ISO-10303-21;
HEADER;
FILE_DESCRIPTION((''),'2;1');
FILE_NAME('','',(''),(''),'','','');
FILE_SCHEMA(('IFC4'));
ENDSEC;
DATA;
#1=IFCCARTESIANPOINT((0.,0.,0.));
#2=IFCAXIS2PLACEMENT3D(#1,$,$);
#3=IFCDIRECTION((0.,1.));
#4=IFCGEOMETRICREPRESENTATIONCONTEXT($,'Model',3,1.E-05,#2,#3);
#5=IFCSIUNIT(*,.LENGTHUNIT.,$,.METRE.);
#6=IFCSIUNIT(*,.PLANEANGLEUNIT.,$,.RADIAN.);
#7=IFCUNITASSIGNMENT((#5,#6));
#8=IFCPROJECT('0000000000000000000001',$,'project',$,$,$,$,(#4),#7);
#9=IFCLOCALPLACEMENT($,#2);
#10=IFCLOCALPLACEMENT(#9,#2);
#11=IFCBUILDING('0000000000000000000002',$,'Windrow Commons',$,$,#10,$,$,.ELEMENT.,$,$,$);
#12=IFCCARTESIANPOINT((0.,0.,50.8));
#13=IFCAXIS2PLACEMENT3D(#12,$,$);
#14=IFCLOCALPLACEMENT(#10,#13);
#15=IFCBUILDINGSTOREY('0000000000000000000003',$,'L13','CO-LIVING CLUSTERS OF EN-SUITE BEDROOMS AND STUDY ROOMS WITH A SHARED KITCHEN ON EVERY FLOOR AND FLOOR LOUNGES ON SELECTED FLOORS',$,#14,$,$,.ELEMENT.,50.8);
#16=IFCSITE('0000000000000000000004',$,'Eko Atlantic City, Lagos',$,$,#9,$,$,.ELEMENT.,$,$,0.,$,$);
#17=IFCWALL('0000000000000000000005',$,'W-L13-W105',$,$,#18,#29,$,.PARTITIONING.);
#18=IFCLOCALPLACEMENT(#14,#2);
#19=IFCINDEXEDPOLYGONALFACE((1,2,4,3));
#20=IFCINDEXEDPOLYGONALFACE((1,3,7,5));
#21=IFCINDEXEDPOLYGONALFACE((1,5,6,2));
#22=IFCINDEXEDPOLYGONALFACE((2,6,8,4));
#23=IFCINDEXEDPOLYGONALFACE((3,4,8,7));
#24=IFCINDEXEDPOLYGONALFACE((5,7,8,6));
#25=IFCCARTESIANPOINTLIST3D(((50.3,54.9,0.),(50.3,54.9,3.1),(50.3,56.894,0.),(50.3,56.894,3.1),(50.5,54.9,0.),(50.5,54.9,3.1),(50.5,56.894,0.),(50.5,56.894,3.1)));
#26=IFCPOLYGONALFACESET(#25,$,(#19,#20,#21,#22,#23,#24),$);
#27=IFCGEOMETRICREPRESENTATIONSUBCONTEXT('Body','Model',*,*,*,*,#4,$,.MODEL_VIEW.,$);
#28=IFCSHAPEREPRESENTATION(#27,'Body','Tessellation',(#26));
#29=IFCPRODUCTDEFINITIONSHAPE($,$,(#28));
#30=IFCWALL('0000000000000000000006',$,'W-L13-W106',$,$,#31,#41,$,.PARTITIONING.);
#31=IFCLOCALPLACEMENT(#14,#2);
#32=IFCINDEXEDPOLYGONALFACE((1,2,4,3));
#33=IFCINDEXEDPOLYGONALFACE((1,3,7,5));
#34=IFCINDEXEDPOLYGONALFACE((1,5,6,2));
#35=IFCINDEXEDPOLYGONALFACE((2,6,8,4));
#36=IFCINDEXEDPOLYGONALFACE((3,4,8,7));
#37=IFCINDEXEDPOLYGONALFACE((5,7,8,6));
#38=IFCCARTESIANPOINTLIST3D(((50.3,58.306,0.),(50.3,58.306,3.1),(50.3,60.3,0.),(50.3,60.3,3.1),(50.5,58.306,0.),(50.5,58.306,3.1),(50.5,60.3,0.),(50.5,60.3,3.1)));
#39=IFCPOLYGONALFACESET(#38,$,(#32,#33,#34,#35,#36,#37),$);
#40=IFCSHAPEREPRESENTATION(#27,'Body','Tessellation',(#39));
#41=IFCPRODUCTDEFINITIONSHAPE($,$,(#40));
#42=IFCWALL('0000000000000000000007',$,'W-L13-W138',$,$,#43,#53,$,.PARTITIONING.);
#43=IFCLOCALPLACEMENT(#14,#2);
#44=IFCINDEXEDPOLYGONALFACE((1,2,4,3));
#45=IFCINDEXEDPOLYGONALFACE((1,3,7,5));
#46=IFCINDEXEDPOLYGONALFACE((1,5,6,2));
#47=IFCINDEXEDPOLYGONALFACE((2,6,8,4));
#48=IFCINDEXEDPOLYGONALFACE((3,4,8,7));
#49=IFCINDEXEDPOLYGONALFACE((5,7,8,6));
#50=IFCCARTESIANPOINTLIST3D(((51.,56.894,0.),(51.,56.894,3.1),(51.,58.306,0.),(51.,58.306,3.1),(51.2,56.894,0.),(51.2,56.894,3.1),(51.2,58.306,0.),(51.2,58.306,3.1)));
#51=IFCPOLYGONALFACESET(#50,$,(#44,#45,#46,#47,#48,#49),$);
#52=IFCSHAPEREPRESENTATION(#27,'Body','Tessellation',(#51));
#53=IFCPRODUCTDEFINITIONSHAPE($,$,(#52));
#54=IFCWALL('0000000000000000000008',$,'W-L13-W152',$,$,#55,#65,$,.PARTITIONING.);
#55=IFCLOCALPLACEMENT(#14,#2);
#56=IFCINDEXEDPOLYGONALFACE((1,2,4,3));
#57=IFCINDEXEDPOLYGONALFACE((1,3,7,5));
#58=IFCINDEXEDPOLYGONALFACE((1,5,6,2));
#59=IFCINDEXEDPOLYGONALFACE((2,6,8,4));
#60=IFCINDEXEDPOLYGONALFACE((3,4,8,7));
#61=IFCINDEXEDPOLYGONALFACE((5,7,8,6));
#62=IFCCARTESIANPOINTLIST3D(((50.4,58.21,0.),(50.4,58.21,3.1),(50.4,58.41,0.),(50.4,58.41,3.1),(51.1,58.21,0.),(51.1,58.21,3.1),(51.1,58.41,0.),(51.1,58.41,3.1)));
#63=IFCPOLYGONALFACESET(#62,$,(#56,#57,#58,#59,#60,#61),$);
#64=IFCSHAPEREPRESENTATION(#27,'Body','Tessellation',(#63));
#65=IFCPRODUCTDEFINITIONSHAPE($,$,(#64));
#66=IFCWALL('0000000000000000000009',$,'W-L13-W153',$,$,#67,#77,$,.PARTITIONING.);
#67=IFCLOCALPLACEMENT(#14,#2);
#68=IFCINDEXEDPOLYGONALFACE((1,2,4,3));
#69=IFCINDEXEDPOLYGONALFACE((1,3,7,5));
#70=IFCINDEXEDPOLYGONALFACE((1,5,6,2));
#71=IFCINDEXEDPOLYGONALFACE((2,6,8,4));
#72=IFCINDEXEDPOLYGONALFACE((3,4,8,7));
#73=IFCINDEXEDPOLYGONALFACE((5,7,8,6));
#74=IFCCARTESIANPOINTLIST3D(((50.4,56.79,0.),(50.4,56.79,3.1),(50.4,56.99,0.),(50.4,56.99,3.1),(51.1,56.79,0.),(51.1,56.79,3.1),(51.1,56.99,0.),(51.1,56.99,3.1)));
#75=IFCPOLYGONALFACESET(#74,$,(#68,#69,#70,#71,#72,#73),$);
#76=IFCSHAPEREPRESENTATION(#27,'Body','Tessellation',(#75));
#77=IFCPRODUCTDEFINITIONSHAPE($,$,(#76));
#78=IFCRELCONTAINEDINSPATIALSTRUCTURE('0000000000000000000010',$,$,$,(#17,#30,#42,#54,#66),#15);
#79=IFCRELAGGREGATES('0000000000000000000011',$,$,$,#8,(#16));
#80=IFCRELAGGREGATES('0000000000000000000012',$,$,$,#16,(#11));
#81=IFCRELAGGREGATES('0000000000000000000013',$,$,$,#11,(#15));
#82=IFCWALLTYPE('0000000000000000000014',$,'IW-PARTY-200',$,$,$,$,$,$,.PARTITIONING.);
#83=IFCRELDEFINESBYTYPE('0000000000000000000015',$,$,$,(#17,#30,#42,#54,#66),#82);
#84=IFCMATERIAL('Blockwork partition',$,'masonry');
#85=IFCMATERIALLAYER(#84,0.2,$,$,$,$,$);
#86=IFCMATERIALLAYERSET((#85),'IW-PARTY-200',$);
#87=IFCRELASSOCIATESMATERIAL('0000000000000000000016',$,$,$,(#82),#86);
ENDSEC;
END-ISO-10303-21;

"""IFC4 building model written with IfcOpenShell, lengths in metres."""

from ifc_helpers import new_model, si_unit, direction, frame, frame_2d, origin, place, context, subcontext, project, spatial, rectangle, extrude, material, layer, layer_set, type_object, element, save


model = new_model("IFC4")

# Units and contexts
model_context = context("Model", 3, precision=1e-05, world=origin(), true_north=direction((0.0, 1.0)))
body_context = subcontext(model_context, "Body", "Model", "MODEL_VIEW")
ifc_project = project(units=[si_unit("LENGTHUNIT", "METRE"), si_unit("PLANEANGLEUNIT", "RADIAN")], contexts=[model_context])

# Site, building, storey
site_placement = place(None, origin())
site = spatial("IfcSite", under=ifc_project, at=site_placement, Name="Eko Atlantic City, Lagos", CompositionType="ELEMENT", RefElevation=0.0)
building_placement = place(site_placement, origin())
building = spatial("IfcBuilding", under=site, at=building_placement, Name="Windrow Commons", CompositionType="ELEMENT")
storey_placement = place(building_placement, frame((0.0, 0.0, 50.8)))
storey = spatial("IfcBuildingStorey", under=building, at=storey_placement, Name="L13", Description="CO-LIVING CLUSTERS OF EN-SUITE BEDROOMS AND STUDY ROOMS WITH A SHARED KITCHEN ON EVERY FLOOR AND FLOOR LOUNGES ON SELECTED FLOORS", CompositionType="ELEMENT", Elevation=50.8)

# Walls
ifc_material_1 = material(Name="Blockwork partition", Category="masonry")
ifc_layer_1 = layer(ifc_material_1, 0.2)
ifc_layer_set_1 = layer_set([ifc_layer_1], Name="IW-PARTY-200")
wall_type_1 = type_object("IfcWallType", Name="IW-PARTY-200", PredefinedType="PARTITIONING", material=ifc_layer_set_1)
for number, where, z_axis, x_axis, name in (
    (1, (50.4, 54.9, 0.0), (0.0, 0.0, 1.0), (0.0, 1.0, 0.0), "W-L13-W105"),
    (2, (50.4, 58.306, 0.0), (0.0, 0.0, 1.0), (0.0, 1.0, 0.0), "W-L13-W106"),
):
    element("IfcWall", number, at=place(storey_placement, frame(where, z_axis=z_axis, x_axis=x_axis)), inside=storey, type_object=wall_type_1, Name=name, PredefinedType="PARTITIONING", context=body_context, shape_type="SweptSolid", body=[
        extrude(rectangle(XDim=1.994, YDim=0.2, at=frame_2d((0.997, 0.0))), origin(), (0.0, 0.0, 1.0), 3.1),
    ])
wall_1_placement = place(storey_placement, frame((51.1, 56.894, 0.0), z_axis=(0.0, 0.0, 1.0), x_axis=(0.0, 1.0, 0.0)))
element("IfcWall", 3, at=wall_1_placement, inside=storey, type_object=wall_type_1, Name="W-L13-W138", PredefinedType="PARTITIONING", context=body_context, shape_type="SweptSolid", body=[
    extrude(rectangle(XDim=1.412, YDim=0.2, at=frame_2d((0.706, 0.0))), origin(), (0.0, 0.0, 1.0), 3.1),
])
for number, where, z_axis, x_axis, name in (
    (4, (50.4, 58.31, 0.0), (0.0, 0.0, 1.0), (1.0, 0.0, 0.0), "W-L13-W152"),
    (5, (50.4, 56.89, 0.0), (0.0, 0.0, 1.0), (1.0, 0.0, 0.0), "W-L13-W153"),
):
    element("IfcWall", number, at=place(storey_placement, frame(where, z_axis=z_axis, x_axis=x_axis)), inside=storey, type_object=wall_type_1, Name=name, PredefinedType="PARTITIONING", context=body_context, shape_type="SweptSolid", body=[
        extrude(rectangle(XDim=0.7, YDim=0.2, at=frame_2d((0.35, 0.0))), origin(), (0.0, 0.0, 1.0), 3.1),
    ])

save(model, "model.ifc")
